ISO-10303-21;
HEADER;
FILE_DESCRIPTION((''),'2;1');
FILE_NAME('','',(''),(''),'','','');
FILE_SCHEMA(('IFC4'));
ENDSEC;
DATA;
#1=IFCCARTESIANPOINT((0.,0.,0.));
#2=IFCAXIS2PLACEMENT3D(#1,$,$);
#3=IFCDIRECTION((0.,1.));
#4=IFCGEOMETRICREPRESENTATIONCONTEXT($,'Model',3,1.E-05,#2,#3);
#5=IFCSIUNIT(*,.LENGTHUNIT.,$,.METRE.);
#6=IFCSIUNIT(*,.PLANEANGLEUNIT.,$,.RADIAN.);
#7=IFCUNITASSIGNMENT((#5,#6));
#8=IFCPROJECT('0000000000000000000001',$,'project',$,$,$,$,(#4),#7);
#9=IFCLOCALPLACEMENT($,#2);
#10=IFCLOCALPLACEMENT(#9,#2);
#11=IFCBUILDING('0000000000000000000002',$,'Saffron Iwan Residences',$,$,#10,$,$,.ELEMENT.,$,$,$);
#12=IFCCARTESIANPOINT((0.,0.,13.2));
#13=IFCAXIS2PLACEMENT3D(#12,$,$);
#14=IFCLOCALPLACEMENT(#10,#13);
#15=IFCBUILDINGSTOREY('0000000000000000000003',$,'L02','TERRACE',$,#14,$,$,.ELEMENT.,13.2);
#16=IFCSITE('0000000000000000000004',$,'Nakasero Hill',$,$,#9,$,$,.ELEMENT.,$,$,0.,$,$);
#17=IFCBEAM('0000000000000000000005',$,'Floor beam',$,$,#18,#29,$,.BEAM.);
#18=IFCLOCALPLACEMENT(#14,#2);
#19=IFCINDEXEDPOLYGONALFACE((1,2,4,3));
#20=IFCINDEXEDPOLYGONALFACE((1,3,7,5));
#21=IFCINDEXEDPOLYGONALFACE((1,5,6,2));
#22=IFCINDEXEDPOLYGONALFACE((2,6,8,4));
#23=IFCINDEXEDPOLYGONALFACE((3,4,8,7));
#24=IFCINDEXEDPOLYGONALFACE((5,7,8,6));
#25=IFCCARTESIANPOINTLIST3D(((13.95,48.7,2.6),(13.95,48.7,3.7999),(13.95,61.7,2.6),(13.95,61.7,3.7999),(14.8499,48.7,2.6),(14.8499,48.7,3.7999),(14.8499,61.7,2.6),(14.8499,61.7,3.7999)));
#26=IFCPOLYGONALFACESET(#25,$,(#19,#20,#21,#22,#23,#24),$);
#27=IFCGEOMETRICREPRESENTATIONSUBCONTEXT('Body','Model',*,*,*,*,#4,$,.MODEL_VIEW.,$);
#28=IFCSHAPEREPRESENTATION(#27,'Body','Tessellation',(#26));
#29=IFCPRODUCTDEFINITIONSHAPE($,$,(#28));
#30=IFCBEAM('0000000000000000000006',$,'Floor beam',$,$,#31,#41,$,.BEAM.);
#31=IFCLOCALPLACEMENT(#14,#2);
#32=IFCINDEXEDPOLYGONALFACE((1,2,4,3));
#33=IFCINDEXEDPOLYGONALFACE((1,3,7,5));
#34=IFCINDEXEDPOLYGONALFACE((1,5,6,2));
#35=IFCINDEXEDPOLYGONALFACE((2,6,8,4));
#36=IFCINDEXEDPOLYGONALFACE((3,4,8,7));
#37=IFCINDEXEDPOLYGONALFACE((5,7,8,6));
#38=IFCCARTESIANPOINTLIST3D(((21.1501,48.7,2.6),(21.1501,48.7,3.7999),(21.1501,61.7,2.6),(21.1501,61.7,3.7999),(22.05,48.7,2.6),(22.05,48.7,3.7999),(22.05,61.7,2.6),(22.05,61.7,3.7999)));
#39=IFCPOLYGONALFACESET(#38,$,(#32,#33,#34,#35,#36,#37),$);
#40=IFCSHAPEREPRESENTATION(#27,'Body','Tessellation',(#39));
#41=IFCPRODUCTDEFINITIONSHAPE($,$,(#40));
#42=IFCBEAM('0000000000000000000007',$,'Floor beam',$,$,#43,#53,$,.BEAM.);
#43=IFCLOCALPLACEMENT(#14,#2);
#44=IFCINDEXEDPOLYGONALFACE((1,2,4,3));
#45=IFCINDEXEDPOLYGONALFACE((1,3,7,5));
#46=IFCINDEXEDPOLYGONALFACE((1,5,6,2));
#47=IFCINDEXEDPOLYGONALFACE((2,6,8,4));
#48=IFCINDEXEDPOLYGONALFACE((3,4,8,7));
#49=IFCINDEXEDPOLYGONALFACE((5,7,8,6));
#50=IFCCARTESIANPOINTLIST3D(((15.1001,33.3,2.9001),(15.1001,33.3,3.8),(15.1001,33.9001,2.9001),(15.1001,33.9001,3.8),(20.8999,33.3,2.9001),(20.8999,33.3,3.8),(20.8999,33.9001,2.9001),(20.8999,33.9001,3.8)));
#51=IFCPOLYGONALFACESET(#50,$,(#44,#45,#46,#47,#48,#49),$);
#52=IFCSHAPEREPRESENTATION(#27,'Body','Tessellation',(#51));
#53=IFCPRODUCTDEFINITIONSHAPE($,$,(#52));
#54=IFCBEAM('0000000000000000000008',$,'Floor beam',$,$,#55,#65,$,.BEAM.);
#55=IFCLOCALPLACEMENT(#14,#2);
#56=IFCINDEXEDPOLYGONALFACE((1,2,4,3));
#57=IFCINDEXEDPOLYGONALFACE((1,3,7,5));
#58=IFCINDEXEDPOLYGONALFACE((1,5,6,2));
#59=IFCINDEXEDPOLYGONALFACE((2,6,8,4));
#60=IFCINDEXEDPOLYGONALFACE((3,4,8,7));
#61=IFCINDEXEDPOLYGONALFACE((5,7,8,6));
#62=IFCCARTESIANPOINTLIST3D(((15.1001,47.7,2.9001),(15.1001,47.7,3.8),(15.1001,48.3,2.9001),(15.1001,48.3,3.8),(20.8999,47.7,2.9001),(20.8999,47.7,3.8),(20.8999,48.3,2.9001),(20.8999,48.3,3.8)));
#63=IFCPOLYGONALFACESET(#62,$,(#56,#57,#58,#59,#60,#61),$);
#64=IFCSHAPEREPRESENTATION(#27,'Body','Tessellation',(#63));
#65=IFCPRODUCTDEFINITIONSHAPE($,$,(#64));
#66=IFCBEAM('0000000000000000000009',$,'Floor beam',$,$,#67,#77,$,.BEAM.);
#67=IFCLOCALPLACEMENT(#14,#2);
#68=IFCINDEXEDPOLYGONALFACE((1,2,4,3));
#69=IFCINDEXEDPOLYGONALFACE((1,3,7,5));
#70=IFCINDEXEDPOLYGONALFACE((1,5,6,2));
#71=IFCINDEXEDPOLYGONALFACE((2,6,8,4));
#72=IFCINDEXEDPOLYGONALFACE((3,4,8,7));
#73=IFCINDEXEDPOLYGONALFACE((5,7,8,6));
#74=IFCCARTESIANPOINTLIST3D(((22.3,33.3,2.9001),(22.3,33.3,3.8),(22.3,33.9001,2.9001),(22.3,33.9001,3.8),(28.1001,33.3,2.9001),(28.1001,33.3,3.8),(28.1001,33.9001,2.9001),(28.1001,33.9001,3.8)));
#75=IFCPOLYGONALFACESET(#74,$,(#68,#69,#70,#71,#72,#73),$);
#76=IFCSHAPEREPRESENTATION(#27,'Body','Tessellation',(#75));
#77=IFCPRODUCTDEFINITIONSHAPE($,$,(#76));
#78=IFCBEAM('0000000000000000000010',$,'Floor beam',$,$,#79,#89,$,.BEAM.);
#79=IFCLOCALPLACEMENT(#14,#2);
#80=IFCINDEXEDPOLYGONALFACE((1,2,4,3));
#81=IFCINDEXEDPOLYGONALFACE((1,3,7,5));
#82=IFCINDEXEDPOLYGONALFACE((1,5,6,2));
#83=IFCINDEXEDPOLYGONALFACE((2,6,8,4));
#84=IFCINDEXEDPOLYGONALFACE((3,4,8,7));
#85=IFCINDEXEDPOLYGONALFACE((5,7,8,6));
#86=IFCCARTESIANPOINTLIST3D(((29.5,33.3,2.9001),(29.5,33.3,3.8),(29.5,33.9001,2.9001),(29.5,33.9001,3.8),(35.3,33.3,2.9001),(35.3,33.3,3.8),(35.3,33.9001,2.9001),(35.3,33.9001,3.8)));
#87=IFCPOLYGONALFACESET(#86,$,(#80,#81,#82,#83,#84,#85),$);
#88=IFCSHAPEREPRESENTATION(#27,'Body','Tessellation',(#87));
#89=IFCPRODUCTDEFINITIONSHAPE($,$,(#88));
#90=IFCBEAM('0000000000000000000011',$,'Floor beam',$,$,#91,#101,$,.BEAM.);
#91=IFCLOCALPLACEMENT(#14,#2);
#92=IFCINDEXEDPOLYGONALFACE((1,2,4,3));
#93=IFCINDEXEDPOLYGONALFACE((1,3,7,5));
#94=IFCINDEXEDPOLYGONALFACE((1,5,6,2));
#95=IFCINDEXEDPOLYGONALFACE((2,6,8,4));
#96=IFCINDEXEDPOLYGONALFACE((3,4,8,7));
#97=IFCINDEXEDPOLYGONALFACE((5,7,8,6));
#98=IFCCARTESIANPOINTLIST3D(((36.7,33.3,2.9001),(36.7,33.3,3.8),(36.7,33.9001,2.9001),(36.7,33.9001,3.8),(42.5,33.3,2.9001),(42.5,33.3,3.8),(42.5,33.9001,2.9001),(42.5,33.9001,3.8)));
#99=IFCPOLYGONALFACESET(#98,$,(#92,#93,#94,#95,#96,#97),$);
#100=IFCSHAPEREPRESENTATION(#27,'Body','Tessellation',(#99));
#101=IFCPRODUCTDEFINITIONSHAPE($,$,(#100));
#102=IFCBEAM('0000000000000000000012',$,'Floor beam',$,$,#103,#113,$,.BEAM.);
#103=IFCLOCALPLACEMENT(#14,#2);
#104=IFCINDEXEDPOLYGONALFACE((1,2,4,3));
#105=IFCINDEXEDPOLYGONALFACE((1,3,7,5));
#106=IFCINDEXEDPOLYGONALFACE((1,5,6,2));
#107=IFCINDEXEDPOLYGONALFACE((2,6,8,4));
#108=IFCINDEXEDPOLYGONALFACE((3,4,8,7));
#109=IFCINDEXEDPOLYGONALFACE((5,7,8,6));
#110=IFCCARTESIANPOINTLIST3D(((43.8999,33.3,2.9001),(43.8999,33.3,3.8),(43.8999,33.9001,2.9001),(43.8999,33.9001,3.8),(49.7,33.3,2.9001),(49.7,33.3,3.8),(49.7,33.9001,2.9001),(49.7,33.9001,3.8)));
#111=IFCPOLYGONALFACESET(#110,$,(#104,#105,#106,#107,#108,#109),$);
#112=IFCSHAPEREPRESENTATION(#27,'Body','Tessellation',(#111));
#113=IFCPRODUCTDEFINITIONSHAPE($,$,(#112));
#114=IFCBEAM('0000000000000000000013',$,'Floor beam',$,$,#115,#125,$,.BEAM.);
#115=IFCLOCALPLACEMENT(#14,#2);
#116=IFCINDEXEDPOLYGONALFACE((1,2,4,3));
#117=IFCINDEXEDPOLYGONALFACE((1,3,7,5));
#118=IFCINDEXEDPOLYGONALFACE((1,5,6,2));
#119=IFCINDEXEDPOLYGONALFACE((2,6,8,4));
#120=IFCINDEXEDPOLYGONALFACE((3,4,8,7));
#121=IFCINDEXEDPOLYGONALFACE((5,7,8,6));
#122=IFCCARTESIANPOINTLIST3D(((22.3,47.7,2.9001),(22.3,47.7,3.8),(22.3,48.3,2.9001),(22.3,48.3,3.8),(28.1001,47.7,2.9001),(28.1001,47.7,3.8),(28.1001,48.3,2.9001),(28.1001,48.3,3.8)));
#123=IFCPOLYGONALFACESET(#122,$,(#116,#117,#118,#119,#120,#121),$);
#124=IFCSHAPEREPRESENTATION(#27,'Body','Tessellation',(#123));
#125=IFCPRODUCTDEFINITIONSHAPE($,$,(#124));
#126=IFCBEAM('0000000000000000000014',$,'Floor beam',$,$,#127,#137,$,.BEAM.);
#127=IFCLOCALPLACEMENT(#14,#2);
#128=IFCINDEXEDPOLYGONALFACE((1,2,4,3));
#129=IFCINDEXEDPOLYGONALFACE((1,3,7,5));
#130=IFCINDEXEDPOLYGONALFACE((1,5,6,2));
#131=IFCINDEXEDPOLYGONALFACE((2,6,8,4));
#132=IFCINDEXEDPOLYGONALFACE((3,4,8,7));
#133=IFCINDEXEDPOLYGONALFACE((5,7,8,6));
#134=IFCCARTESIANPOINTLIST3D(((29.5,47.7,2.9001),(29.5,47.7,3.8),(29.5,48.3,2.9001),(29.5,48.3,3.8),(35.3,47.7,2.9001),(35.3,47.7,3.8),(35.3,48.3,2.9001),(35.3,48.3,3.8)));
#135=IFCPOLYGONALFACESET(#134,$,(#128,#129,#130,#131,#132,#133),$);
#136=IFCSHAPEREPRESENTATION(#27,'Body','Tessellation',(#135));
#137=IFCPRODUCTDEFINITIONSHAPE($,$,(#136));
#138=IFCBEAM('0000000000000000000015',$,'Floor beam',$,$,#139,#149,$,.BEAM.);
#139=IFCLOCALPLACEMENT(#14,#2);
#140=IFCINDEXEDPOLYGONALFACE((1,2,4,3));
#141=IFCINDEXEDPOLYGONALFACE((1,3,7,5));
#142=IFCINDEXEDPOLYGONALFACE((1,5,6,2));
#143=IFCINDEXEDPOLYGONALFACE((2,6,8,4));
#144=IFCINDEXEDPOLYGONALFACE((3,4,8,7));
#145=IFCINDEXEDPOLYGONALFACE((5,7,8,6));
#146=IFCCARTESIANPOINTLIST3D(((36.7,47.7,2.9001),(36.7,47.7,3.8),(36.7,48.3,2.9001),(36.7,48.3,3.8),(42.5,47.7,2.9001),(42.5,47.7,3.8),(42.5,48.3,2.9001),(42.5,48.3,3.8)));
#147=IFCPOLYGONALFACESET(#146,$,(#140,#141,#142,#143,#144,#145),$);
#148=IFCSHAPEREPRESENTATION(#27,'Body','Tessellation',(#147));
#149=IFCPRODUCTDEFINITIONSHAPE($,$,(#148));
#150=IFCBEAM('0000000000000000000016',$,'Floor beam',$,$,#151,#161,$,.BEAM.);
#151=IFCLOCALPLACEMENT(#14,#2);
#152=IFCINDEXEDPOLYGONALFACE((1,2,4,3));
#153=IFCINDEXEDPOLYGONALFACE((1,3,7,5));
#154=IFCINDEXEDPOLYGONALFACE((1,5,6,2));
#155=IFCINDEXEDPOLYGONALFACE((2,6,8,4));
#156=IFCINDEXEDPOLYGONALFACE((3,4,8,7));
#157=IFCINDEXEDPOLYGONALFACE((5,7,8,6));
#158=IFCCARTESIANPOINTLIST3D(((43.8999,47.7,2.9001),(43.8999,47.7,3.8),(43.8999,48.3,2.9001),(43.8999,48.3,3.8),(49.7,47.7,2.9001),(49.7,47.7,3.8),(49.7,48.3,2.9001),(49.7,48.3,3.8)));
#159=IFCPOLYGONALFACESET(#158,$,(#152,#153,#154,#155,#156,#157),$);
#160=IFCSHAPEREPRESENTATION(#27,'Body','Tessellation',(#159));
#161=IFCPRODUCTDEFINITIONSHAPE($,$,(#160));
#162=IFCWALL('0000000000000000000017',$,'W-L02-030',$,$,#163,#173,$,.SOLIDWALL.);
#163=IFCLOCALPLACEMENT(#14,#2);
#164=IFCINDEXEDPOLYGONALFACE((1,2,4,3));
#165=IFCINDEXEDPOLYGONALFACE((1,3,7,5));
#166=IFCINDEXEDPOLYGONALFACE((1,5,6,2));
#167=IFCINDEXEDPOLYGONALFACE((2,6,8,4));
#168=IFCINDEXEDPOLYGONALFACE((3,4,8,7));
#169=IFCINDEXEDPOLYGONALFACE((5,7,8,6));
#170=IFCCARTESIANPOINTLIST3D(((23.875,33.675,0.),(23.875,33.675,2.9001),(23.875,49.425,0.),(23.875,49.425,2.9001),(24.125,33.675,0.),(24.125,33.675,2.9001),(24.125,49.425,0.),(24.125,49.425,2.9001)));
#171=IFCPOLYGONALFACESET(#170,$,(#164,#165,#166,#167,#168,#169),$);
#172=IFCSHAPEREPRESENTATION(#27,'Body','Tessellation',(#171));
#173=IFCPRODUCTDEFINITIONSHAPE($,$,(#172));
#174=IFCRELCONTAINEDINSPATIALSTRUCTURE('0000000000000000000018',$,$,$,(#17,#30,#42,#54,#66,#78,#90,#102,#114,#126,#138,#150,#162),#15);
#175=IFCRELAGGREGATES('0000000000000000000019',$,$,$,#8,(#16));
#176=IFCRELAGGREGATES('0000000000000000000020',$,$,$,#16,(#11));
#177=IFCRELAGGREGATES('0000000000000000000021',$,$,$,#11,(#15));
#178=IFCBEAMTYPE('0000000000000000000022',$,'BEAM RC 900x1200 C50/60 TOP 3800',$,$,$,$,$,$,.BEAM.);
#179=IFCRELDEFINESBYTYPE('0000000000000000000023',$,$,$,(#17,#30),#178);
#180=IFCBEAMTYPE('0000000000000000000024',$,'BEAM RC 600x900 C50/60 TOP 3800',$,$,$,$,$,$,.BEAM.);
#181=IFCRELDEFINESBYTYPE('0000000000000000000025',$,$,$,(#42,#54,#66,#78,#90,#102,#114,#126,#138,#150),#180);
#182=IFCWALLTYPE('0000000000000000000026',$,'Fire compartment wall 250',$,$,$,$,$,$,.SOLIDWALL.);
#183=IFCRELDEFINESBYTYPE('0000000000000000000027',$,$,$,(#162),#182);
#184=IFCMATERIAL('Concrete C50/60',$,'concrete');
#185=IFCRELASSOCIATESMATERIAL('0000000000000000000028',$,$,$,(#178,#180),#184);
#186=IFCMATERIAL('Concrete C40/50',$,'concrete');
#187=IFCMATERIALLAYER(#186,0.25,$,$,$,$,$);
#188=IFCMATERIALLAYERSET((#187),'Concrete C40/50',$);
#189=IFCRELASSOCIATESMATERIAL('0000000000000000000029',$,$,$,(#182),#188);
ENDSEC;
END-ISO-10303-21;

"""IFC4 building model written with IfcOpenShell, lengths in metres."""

from ifc_helpers import new_model, si_unit, direction, frame, frame_2d, origin, origin_2d, place, context, subcontext, project, spatial, rectangle, extrude, source, transform, mapped, material, layer, layer_set, material_profile, profile_set, type_object, element, save


model = new_model("IFC4")

# Units and contexts
model_context = context("Model", 3, precision=1e-05, world=origin(), true_north=direction((0.0, 1.0)))
body_context = subcontext(model_context, "Body", "Model", "MODEL_VIEW")
ifc_project = project(units=[si_unit("LENGTHUNIT", "METRE"), si_unit("PLANEANGLEUNIT", "RADIAN")], contexts=[model_context])

# Site, building, storey
site_placement = place(None, origin())
site = spatial("IfcSite", under=ifc_project, at=site_placement, Name="Nakasero Hill", CompositionType="ELEMENT", RefElevation=0.0)
building_placement = place(site_placement, origin())
building = spatial("IfcBuilding", under=site, at=building_placement, Name="Saffron Iwan Residences", CompositionType="ELEMENT")
storey_placement = place(building_placement, frame((0.0, 0.0, 13.2)))
storey = spatial("IfcBuildingStorey", under=building, at=storey_placement, Name="L02", Description="TERRACE", CompositionType="ELEMENT", Elevation=13.2)

# Shared definitions
ifc_material_1 = material(Name="Concrete C50/60", Category="concrete")

# Beams
ifc_material_profile_1 = material_profile(ifc_material_1, rectangle(XDim=0.8999, YDim=1.2, at=origin_2d()), Name="RC 900x1200")
ifc_profile_set_1 = profile_set([ifc_material_profile_1], Name="Concrete C50/60")
beam_type_1 = type_object("IfcBeamType", Name="BEAM RC 900x1200 C50/60 TOP 3800", PredefinedType="BEAM", material=ifc_profile_set_1)
shared_shape_1 = source(origin(), body_context, "Body", "SweptSolid", [
    extrude(rectangle(XDim=0.8999, YDim=1.2, at=origin_2d()), origin(), (0.0, 0.0, 1.0), 13.0),
])
for number, where, z_axis, x_axis, name in (
    (1, (14.3999, 48.7, 3.2), (0.0, 1.0, 0.0), (-1.0, 0.0, 0.0), "Floor beam"),
    (2, (21.6001, 48.7, 3.2), (0.0, 1.0, 0.0), (-1.0, 0.0, 0.0), "Floor beam"),
):
    element("IfcBeam", number, at=place(storey_placement, frame(where, z_axis=z_axis, x_axis=x_axis)), inside=storey, type_object=beam_type_1, Name=name, PredefinedType="BEAM", context=body_context, shape_type="MappedRepresentation", body=[
        mapped(shared_shape_1, transform((0.0, 0.0, 0.0))),
    ])
ifc_material_profile_2 = material_profile(ifc_material_1, rectangle(XDim=0.6001, YDim=0.8999, at=origin_2d()), Name="RC 600x900")
ifc_profile_set_2 = profile_set([ifc_material_profile_2], Name="Concrete C50/60")
beam_type_2 = type_object("IfcBeamType", Name="BEAM RC 600x900 C50/60 TOP 3800", PredefinedType="BEAM", material=ifc_profile_set_2)
shared_shape_2 = source(origin(), body_context, "Body", "SweptSolid", [
    extrude(rectangle(XDim=0.6001, YDim=0.8999, at=origin_2d()), origin(), (0.0, 0.0, 1.0), 5.7998),
])
for number, where, z_axis, x_axis, name in (
    (3, (15.1001, 33.6001, 3.3501), (1.0, 0.0, 0.0), (0.0, 1.0, 0.0), "Floor beam"),
    (4, (15.1001, 48.0, 3.3501), (1.0, 0.0, 0.0), (0.0, 1.0, 0.0), "Floor beam"),
):
    element("IfcBeam", number, at=place(storey_placement, frame(where, z_axis=z_axis, x_axis=x_axis)), inside=storey, type_object=beam_type_2, Name=name, PredefinedType="BEAM", context=body_context, shape_type="MappedRepresentation", body=[
        mapped(shared_shape_2, transform((0.0, 0.0, 0.0))),
    ])
shared_shape_3 = source(origin(), body_context, "Body", "SweptSolid", [
    extrude(rectangle(XDim=0.6001, YDim=0.8999, at=origin_2d()), origin(), (0.0, 0.0, 1.0), 5.8),
])
for number, where, z_axis, x_axis, name in (
    (5, (22.3, 33.6001, 3.3501), (1.0, 0.0, 0.0), (0.0, 1.0, 0.0), "Floor beam"),
    (6, (29.5, 33.6001, 3.3501), (1.0, 0.0, 0.0), (0.0, 1.0, 0.0), "Floor beam"),
    (7, (36.7, 33.6001, 3.3501), (1.0, 0.0, 0.0), (0.0, 1.0, 0.0), "Floor beam"),
    (8, (43.8999, 33.6001, 3.3501), (1.0, 0.0, 0.0), (0.0, 1.0, 0.0), "Floor beam"),
    (9, (22.3, 48.0, 3.3501), (1.0, 0.0, 0.0), (0.0, 1.0, 0.0), "Floor beam"),
    (10, (29.5, 48.0, 3.3501), (1.0, 0.0, 0.0), (0.0, 1.0, 0.0), "Floor beam"),
    (11, (36.7, 48.0, 3.3501), (1.0, 0.0, 0.0), (0.0, 1.0, 0.0), "Floor beam"),
    (12, (43.8999, 48.0, 3.3501), (1.0, 0.0, 0.0), (0.0, 1.0, 0.0), "Floor beam"),
):
    element("IfcBeam", number, at=place(storey_placement, frame(where, z_axis=z_axis, x_axis=x_axis)), inside=storey, type_object=beam_type_2, Name=name, PredefinedType="BEAM", context=body_context, shape_type="MappedRepresentation", body=[
        mapped(shared_shape_3, transform((0.0, 0.0, 0.0))),
    ])

# Wall
ifc_material_2 = material(Name="Concrete C40/50", Category="concrete")
ifc_layer = layer(ifc_material_2, 0.25)
ifc_layer_set = layer_set([ifc_layer], Name="Concrete C40/50")
wall_type = type_object("IfcWallType", Name="Fire compartment wall 250", PredefinedType="SOLIDWALL", material=ifc_layer_set)
wall_placement = place(storey_placement, frame((24.0, 33.675, 0.0), z_axis=(0.0, 0.0, 1.0), x_axis=(0.0, 1.0, 0.0)))
element("IfcWall", 13, at=wall_placement, inside=storey, type_object=wall_type, Name="W-L02-030", PredefinedType="SOLIDWALL", context=body_context, shape_type="SweptSolid", body=[
    extrude(rectangle(XDim=15.75, YDim=0.25, at=frame_2d((7.875, 0.0))), origin(), (0.0, 0.0, 1.0), 2.9001),
])

save(model, "model.ifc")
